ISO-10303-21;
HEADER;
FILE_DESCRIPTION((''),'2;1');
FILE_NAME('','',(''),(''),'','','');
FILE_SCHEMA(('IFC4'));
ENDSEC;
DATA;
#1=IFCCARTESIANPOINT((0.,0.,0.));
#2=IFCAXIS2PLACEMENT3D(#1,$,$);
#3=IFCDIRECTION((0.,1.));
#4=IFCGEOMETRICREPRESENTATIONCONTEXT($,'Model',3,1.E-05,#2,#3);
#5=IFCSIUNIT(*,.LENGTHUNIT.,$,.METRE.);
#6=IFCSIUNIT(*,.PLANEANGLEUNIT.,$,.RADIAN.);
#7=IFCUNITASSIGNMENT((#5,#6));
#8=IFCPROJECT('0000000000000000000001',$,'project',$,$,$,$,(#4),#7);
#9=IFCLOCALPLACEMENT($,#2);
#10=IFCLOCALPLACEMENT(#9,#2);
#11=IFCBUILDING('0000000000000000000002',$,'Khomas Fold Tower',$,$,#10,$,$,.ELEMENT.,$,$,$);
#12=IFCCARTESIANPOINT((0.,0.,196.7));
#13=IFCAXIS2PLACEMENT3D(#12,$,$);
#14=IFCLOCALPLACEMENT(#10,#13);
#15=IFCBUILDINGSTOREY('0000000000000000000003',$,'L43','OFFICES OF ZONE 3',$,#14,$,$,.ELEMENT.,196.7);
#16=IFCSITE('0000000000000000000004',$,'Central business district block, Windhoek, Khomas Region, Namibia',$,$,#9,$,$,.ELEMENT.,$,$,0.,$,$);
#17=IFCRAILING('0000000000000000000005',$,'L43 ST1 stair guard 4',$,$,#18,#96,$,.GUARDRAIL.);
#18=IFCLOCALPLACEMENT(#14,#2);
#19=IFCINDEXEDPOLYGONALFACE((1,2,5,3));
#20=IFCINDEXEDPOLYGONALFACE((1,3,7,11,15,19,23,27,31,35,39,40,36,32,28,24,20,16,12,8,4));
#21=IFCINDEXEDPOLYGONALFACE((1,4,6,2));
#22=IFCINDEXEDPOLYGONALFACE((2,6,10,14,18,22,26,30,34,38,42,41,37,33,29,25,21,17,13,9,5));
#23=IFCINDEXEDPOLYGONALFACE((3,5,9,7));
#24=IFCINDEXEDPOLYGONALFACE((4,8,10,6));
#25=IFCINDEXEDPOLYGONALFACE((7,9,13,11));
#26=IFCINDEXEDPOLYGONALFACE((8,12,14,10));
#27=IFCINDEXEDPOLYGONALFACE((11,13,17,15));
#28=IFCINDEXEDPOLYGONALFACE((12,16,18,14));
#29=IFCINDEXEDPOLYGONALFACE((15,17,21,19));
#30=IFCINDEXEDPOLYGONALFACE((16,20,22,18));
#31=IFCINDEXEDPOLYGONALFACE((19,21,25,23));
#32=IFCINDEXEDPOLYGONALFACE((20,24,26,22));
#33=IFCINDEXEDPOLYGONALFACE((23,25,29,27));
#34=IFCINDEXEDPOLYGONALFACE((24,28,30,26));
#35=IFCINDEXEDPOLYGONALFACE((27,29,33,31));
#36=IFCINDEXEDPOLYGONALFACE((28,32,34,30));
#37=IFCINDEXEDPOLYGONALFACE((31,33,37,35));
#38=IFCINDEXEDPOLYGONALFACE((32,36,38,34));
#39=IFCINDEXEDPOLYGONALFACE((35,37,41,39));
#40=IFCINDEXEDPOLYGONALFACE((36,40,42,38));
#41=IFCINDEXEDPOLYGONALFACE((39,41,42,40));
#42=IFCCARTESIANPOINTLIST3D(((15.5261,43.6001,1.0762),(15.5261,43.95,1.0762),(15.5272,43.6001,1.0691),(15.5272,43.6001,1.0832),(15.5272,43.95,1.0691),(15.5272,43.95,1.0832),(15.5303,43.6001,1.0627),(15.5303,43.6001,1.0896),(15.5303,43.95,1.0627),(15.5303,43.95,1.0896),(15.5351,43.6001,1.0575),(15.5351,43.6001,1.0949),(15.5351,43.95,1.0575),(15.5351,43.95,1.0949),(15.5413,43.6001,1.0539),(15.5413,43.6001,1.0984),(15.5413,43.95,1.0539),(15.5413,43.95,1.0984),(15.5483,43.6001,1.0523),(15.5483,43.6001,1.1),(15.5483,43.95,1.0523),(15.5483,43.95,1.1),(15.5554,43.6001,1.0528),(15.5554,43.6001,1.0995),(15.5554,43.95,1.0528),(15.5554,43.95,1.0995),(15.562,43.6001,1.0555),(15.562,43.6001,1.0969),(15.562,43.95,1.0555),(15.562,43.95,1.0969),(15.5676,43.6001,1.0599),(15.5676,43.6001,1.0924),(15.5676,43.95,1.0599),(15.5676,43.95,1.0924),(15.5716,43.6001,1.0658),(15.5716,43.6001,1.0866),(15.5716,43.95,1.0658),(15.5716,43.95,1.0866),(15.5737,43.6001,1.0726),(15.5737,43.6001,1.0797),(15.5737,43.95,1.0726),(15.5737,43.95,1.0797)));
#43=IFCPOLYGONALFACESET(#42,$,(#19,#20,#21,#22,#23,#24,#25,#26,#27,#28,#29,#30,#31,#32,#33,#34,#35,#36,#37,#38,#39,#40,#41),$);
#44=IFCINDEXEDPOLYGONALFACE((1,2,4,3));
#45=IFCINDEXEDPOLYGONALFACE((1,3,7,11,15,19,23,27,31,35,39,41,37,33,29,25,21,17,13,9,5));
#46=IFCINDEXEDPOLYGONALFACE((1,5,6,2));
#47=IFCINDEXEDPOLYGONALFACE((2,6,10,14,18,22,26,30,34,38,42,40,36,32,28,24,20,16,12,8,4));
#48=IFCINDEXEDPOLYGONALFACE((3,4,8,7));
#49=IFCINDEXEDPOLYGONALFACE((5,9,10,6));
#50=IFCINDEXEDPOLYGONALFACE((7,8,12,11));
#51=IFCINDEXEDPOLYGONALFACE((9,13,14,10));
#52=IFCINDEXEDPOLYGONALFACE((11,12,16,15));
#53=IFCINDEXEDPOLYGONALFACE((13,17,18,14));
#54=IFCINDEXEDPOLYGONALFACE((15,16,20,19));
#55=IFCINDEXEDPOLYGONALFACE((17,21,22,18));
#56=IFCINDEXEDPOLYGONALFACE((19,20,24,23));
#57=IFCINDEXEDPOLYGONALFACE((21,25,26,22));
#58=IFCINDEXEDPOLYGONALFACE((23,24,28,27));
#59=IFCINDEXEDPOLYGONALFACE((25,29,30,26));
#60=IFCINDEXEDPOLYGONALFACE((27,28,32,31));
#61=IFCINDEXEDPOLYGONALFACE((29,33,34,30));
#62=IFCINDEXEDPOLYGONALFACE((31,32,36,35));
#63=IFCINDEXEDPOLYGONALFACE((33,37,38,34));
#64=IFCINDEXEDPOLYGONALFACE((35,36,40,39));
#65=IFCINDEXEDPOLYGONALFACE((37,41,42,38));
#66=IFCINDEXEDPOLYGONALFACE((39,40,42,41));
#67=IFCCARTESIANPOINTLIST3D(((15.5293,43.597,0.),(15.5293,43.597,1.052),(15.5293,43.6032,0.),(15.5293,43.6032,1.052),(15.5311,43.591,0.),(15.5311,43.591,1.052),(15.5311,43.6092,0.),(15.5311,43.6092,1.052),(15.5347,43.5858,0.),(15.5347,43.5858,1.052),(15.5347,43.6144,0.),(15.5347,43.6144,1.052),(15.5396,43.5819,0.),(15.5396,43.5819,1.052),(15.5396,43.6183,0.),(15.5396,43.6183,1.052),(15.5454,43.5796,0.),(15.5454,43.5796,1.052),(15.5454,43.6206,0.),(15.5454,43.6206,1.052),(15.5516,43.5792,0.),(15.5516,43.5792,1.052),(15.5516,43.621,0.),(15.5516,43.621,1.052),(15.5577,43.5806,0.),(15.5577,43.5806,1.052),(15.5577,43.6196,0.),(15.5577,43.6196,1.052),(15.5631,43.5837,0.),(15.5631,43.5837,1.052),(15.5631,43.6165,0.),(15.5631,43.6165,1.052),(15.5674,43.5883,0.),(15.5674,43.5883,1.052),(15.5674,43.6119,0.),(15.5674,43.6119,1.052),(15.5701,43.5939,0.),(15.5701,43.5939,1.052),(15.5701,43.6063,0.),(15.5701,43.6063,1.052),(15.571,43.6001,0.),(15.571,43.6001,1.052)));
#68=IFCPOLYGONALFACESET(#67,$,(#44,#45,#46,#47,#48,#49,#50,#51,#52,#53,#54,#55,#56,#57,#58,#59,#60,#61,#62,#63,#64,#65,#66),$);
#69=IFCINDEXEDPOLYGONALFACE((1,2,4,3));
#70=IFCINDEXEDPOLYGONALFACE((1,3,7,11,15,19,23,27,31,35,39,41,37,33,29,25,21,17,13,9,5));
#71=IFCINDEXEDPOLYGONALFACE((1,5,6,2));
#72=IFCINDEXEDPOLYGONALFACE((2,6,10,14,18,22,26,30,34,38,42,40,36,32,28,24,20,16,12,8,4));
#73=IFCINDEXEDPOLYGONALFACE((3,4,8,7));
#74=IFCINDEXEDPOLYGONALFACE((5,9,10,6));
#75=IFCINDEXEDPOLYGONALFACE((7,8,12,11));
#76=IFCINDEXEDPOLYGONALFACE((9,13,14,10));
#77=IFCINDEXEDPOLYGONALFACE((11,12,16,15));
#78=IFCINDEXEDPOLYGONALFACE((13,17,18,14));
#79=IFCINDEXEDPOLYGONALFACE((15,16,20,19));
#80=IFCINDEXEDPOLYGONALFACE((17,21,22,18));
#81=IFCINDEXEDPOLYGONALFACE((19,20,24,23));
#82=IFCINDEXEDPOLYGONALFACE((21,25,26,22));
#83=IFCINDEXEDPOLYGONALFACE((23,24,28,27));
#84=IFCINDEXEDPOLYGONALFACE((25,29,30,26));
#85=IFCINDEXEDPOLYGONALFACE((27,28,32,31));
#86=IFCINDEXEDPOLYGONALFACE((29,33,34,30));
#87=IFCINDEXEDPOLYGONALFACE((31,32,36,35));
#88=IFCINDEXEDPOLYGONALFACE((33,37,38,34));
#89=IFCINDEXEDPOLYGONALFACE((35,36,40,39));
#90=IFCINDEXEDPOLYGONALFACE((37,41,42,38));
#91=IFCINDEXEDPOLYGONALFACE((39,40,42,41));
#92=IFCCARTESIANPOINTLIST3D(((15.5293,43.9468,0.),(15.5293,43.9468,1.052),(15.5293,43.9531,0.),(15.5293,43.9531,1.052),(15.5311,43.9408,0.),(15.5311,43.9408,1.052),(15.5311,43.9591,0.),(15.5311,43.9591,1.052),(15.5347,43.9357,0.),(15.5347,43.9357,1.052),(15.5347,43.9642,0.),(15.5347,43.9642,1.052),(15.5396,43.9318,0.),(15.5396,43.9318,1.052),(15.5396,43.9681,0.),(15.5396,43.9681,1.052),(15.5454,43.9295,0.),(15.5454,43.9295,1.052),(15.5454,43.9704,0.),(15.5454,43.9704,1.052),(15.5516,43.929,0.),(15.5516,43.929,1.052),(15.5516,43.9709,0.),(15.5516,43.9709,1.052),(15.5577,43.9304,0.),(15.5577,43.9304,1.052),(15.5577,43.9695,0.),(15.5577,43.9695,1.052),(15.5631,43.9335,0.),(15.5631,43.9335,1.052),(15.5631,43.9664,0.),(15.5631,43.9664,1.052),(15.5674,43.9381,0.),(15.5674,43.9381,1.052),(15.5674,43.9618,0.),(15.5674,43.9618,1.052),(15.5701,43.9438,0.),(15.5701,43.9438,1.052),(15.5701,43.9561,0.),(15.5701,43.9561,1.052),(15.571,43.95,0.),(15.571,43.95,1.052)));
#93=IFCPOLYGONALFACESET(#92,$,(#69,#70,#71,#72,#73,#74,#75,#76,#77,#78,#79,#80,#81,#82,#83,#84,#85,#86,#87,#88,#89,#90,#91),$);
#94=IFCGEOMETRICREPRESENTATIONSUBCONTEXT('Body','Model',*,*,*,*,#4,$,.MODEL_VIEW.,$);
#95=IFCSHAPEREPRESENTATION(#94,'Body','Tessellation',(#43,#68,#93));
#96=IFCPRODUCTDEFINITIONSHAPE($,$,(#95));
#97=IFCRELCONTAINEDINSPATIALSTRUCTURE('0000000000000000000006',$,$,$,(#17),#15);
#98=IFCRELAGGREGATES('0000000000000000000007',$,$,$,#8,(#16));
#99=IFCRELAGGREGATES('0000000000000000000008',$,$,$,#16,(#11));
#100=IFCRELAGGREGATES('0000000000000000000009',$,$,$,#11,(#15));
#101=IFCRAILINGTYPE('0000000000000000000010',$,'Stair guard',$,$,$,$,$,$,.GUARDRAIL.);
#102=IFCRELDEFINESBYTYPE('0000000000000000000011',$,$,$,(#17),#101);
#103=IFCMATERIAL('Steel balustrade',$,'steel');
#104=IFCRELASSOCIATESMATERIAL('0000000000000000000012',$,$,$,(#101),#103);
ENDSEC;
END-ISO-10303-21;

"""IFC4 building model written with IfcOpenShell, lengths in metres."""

from ifc_helpers import new_model, si_unit, direction, frame, origin, origin_2d, place, context, subcontext, project, spatial, circle, extrude, source, transform, mapped, material, type_object, element, save


model = new_model("IFC4")

# Units and contexts
model_context = context("Model", 3, precision=1e-05, world=origin(), true_north=direction((0.0, 1.0)))
body_context = subcontext(model_context, "Body", "Model", "MODEL_VIEW")
ifc_project = project(units=[si_unit("LENGTHUNIT", "METRE"), si_unit("PLANEANGLEUNIT", "RADIAN")], contexts=[model_context])

# Site, building, storey
site_placement = place(None, origin())
site = spatial("IfcSite", under=ifc_project, at=site_placement, Name="Central business district block, Windhoek, Khomas Region, Namibia", CompositionType="ELEMENT", RefElevation=0.0)
building_placement = place(site_placement, origin())
building = spatial("IfcBuilding", under=site, at=building_placement, Name="Khomas Fold Tower", CompositionType="ELEMENT")
storey_placement = place(building_placement, frame((0.0, 0.0, 196.7)))
storey = spatial("IfcBuildingStorey", under=building, at=storey_placement, Name="L43", Description="OFFICES OF ZONE 3", CompositionType="ELEMENT", Elevation=196.7)

# Railing
ifc_material_1 = material(Name="Steel balustrade", Category="steel")
railing_type_1 = type_object("IfcRailingType", Name="Stair guard", PredefinedType="GUARDRAIL", material=ifc_material_1)
shared_shape_1 = source(origin(), body_context, "Body", "SweptSolid", [
    extrude(circle(Radius=0.0239, at=origin_2d()), frame((0.0, 0.0, 1.0762), z_axis=(0.0, 1.0, 0.0), x_axis=(-1.0, 0.0, 0.0)), (0.0, 0.0, 1.0), 0.3499),
    extrude(circle(Radius=0.021, at=origin_2d()), origin(), (0.0, 0.0, 1.0), 1.052),
    extrude(circle(Radius=0.021, at=origin_2d()), frame((0.0, 0.3499, 0.0)), (0.0, 0.0, 1.0), 1.052),
])
for number, where, name in (
    (1, (15.55, 43.6001, 0.0), "L43 ST1 stair guard 4"),
):
    element("IfcRailing", number, at=place(storey_placement, frame(where)), inside=storey, type_object=railing_type_1, Name=name, PredefinedType="GUARDRAIL", context=body_context, shape_type="MappedRepresentation", body=[
        mapped(shared_shape_1, transform((0.0, 0.0, 0.0))),
    ])

save(model, "model.ifc")
